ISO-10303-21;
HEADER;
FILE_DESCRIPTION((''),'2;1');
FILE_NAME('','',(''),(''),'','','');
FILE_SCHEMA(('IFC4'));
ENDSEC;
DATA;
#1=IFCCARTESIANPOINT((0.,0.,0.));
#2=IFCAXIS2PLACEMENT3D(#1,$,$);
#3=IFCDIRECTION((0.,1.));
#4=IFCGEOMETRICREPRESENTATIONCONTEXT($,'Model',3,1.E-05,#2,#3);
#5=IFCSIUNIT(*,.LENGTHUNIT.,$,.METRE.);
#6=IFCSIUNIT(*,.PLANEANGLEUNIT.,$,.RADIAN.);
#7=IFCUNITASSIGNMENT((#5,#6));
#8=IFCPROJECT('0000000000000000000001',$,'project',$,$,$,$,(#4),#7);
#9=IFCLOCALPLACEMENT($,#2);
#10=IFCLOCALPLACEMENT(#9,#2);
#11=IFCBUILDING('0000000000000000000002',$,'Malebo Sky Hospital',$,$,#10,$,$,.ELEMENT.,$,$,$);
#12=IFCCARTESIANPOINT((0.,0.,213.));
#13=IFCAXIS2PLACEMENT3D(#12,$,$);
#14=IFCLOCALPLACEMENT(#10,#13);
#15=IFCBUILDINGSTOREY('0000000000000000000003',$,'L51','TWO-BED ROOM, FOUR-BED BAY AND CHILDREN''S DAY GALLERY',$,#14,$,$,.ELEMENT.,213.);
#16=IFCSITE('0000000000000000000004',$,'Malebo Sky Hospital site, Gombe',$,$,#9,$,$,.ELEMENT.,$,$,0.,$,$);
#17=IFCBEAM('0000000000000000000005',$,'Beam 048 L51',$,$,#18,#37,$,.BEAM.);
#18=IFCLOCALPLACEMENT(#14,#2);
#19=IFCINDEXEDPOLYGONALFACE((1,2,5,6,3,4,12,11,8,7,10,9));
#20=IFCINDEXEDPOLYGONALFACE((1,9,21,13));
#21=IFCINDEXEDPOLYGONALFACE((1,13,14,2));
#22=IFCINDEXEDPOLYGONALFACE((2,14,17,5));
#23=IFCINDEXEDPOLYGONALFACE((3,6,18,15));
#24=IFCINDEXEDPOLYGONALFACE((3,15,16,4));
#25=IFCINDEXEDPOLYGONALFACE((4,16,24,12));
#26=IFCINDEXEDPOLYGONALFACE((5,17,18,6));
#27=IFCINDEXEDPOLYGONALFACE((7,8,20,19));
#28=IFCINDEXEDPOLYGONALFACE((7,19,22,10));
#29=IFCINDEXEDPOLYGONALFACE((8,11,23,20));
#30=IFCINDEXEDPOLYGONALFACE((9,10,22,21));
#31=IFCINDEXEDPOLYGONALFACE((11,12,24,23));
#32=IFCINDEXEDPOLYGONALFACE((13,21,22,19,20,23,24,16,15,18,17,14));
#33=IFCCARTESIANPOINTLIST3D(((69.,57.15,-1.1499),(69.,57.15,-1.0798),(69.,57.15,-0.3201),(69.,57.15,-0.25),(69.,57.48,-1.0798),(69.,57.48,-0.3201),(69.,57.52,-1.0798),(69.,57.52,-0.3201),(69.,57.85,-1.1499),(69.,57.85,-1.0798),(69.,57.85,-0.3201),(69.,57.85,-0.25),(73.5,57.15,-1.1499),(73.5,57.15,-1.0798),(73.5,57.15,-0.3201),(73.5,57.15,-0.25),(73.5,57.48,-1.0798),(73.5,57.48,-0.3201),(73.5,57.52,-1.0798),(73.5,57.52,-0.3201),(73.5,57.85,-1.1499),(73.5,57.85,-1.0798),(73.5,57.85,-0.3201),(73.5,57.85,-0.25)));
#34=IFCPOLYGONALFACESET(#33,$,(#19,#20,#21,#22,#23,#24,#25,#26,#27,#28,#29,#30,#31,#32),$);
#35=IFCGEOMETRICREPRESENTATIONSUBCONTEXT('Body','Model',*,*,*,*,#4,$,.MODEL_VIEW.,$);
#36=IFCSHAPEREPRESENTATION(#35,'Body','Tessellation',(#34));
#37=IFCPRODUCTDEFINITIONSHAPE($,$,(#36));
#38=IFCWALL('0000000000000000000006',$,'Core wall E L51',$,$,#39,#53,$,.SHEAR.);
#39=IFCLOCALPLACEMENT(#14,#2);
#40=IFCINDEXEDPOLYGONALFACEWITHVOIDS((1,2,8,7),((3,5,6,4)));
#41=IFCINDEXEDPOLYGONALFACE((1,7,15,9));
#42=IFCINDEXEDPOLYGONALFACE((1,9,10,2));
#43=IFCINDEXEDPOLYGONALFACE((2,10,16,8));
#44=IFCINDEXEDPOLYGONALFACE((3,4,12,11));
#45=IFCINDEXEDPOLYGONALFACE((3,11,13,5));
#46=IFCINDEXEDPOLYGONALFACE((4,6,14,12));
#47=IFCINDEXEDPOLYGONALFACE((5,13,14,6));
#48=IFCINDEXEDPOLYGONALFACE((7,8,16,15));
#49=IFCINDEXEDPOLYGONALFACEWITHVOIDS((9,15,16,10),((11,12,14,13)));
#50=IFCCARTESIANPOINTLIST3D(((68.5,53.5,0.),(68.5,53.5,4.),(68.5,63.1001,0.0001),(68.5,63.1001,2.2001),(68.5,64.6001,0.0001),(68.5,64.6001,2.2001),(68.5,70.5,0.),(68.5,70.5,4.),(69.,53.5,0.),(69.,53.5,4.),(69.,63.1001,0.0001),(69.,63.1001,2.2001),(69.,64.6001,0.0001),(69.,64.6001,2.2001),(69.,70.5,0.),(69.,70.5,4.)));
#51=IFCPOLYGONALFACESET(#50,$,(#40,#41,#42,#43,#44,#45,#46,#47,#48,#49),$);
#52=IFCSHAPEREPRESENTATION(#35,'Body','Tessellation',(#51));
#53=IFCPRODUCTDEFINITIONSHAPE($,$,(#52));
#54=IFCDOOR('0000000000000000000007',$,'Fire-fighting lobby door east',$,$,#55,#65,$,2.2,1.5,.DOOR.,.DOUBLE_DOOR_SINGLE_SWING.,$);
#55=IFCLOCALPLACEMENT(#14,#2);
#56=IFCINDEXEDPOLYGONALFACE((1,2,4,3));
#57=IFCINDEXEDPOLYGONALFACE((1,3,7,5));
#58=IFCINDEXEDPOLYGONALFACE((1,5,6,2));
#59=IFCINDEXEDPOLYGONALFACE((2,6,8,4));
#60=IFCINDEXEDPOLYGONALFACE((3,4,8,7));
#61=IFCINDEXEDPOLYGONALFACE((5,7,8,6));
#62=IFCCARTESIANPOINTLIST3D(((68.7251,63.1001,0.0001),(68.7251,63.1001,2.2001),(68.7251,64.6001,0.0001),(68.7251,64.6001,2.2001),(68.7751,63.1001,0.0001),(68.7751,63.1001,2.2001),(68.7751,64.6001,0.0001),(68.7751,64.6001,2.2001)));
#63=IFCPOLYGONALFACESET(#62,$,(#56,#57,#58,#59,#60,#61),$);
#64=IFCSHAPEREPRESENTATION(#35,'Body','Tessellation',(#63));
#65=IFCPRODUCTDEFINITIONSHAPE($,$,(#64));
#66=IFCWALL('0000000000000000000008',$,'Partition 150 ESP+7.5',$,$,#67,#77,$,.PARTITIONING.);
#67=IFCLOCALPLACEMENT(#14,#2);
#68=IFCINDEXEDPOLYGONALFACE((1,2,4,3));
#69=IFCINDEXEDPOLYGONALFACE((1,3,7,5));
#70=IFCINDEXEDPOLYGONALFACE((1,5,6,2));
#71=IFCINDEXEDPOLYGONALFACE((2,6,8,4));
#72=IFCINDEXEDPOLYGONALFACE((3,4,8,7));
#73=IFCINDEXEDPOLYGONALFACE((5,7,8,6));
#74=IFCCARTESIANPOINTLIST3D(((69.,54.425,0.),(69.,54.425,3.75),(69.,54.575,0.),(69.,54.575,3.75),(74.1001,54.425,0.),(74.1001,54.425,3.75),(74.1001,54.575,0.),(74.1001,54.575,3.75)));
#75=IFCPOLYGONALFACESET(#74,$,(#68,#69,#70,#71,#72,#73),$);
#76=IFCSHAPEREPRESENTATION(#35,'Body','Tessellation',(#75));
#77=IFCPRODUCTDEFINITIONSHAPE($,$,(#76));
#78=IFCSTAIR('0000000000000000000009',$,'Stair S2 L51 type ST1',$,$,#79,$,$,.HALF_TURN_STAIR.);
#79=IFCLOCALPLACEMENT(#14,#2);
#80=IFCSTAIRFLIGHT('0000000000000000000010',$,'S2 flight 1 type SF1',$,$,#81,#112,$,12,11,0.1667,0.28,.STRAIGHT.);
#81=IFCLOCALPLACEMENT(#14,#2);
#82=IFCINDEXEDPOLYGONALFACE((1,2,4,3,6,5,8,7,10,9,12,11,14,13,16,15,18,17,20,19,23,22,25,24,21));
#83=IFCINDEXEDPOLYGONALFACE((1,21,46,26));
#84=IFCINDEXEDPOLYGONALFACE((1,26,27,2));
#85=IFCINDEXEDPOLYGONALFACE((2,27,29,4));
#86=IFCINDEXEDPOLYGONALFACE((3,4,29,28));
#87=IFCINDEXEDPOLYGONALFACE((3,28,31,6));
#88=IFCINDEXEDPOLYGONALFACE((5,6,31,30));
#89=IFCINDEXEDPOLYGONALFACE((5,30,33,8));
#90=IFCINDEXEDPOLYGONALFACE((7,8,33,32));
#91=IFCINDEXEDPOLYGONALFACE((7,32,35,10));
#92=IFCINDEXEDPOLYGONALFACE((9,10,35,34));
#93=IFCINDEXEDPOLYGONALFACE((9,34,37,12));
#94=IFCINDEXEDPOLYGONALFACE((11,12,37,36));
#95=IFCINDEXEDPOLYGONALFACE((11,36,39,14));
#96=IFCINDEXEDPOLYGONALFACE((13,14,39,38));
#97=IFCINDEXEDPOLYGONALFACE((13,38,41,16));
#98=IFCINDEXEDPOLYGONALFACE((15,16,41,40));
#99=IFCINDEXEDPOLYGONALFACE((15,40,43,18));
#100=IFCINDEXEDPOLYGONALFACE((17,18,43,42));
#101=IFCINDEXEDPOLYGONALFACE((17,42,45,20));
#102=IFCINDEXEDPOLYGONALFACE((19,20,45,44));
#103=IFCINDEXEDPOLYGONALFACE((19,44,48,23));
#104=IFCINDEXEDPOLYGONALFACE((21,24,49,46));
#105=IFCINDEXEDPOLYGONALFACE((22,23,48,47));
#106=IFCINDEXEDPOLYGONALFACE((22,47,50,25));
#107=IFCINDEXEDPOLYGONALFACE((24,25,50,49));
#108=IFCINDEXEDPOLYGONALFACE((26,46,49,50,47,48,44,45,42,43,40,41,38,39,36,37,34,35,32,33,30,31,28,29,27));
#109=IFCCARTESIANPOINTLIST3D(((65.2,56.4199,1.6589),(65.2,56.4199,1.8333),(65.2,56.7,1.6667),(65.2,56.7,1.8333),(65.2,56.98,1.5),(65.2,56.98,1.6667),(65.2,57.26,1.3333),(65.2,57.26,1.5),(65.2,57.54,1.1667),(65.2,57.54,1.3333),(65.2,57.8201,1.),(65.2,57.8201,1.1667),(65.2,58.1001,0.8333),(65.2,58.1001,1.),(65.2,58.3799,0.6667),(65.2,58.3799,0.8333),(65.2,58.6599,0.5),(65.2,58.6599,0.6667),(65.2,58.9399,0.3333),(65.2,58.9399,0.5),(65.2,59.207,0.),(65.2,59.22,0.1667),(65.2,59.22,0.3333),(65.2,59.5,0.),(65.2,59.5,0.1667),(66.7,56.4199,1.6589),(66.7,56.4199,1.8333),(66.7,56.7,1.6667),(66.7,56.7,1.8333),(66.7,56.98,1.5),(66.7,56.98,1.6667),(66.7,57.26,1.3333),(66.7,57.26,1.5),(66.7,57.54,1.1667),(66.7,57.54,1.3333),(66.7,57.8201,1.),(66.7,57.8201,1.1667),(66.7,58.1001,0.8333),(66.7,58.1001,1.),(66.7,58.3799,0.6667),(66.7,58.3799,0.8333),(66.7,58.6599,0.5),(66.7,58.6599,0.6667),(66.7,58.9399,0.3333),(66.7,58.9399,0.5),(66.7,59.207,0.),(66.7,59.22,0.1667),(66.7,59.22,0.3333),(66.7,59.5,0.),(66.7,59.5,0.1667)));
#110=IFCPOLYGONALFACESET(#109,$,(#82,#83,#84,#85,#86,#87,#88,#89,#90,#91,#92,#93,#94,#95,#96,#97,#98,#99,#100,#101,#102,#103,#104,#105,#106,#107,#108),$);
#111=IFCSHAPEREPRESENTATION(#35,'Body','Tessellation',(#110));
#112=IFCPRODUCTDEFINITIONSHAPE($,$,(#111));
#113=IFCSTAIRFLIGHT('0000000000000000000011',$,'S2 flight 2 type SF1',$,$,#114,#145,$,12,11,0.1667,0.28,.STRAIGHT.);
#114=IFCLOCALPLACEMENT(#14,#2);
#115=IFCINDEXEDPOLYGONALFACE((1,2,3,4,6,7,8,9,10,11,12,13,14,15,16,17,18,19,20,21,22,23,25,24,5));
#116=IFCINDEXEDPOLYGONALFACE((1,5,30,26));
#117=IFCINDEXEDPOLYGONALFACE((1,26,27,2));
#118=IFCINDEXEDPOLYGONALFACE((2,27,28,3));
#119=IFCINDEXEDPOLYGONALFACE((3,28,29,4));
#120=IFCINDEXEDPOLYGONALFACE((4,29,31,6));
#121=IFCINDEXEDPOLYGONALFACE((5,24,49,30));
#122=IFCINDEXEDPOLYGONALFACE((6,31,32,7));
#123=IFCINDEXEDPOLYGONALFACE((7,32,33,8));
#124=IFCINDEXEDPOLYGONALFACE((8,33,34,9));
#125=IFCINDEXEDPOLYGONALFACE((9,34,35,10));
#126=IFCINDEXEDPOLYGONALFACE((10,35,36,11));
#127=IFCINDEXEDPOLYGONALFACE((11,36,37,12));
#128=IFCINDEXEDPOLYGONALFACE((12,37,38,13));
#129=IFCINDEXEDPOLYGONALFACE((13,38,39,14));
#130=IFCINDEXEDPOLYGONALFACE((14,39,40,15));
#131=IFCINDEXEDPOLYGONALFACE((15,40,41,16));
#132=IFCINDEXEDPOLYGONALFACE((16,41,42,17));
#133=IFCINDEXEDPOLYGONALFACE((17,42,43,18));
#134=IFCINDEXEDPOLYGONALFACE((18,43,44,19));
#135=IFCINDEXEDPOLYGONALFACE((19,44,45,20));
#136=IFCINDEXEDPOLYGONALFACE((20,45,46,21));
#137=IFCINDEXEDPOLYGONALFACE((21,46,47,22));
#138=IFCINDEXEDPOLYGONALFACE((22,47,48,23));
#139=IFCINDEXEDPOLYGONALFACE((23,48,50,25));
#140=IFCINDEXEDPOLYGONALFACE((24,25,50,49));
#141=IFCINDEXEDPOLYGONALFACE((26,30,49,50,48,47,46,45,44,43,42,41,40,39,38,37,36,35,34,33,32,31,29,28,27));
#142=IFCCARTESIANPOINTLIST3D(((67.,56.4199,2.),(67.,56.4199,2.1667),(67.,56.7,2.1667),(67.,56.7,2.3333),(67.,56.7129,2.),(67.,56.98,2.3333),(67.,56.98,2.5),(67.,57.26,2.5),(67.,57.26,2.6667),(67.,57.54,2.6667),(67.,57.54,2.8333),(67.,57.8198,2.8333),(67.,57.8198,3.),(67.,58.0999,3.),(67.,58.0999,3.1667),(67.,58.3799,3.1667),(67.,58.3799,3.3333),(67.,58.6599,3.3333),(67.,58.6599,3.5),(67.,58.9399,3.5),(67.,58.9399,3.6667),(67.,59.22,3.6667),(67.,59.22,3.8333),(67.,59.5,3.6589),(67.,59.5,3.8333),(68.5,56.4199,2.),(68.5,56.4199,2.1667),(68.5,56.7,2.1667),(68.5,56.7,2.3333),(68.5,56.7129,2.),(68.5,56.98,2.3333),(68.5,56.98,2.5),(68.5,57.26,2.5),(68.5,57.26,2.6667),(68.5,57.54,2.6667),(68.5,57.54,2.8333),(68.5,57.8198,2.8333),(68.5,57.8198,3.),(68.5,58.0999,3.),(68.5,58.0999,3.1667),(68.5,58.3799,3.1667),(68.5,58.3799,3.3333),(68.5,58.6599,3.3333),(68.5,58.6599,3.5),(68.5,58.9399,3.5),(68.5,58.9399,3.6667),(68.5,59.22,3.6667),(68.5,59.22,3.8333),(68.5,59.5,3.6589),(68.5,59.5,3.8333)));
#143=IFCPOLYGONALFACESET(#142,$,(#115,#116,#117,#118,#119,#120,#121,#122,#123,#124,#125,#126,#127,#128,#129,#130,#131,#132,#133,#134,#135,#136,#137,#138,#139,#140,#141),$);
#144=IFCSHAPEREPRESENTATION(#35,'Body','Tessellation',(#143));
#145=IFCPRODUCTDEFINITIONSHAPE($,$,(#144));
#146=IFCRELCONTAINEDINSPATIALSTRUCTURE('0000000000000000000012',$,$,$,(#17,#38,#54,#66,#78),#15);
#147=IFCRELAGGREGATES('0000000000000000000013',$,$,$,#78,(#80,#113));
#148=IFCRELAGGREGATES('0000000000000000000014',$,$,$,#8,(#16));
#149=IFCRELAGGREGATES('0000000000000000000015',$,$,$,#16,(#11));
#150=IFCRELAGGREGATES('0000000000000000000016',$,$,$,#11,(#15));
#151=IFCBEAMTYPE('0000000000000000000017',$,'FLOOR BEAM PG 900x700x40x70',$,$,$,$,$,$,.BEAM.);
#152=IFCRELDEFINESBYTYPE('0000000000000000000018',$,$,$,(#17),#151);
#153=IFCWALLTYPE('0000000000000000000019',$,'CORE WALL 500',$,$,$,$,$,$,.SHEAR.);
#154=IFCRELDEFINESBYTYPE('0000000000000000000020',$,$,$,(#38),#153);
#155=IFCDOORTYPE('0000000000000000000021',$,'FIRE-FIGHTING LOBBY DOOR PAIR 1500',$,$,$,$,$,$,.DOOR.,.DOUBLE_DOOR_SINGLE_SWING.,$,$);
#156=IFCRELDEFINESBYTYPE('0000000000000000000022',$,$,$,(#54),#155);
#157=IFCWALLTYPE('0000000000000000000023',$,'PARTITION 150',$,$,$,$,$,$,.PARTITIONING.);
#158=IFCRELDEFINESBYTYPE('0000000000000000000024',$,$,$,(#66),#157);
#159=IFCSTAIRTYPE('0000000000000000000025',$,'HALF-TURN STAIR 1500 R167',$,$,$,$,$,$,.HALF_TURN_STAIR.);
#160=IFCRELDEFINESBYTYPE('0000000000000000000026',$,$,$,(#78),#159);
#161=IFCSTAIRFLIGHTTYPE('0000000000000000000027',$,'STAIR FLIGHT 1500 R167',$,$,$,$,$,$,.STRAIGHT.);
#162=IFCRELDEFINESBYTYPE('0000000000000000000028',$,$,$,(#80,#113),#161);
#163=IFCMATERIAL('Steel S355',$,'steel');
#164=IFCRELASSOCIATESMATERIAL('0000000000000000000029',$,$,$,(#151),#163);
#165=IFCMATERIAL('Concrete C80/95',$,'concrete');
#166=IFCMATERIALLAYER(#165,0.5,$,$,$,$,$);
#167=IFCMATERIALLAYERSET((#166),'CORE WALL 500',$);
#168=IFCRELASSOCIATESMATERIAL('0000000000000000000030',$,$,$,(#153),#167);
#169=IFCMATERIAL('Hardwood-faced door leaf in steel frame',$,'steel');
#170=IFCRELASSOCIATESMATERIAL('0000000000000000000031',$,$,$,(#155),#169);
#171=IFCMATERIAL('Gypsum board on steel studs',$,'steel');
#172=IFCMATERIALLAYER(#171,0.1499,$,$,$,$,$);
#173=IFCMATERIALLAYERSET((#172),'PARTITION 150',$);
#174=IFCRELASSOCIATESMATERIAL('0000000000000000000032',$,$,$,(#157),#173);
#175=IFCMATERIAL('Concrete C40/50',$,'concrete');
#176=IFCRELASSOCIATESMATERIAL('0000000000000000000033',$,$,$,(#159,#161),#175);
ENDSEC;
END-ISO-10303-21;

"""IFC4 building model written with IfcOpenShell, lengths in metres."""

from ifc_helpers import new_model, si_unit, direction, frame, frame_2d, origin, origin_2d, place, context, subcontext, project, spatial, polyline, rectangle, i_section, outline, extrude, material, layer, layer_set, material_profile, profile_set, type_object, element, fill, aggregate, save


model = new_model("IFC4")

# Units and contexts
model_context = context("Model", 3, precision=1e-05, world=origin(), true_north=direction((0.0, 1.0)))
body_context = subcontext(model_context, "Body", "Model", "MODEL_VIEW")
ifc_project = project(units=[si_unit("LENGTHUNIT", "METRE"), si_unit("PLANEANGLEUNIT", "RADIAN")], contexts=[model_context])

# Site, building, storey
site_placement = place(None, origin())
site = spatial("IfcSite", under=ifc_project, at=site_placement, Name="Malebo Sky Hospital site, Gombe", CompositionType="ELEMENT", RefElevation=0.0)
building_placement = place(site_placement, origin())
building = spatial("IfcBuilding", under=site, at=building_placement, Name="Malebo Sky Hospital", CompositionType="ELEMENT")
storey_placement = place(building_placement, frame((0.0, 0.0, 213.0)))
storey = spatial("IfcBuildingStorey", under=building, at=storey_placement, Name="L51", Description="TWO-BED ROOM, FOUR-BED BAY AND CHILDREN'S DAY GALLERY", CompositionType="ELEMENT", Elevation=213.0)

# Beam
ifc_material_1 = material(Name="Steel S355", Category="steel")
ifc_material_profile = material_profile(ifc_material_1, i_section(OverallWidth=0.7, OverallDepth=0.8999, WebThickness=0.04, FlangeThickness=0.0701, at=origin_2d()), Name="PG 900x700x40x70")
ifc_profile_set = profile_set([ifc_material_profile], Name="Steel S355")
beam_type = type_object("IfcBeamType", Name="FLOOR BEAM PG 900x700x40x70", PredefinedType="BEAM", material=ifc_profile_set)
beam_placement = place(storey_placement, frame((69.0, 57.5, -0.7), z_axis=(1.0, 0.0, 0.0), x_axis=(0.0, 1.0, 0.0)))
element("IfcBeam", 1, at=beam_placement, inside=storey, type_object=beam_type, Name="Beam 048 L51", PredefinedType="BEAM", context=body_context, shape_type="SweptSolid", body=[
    extrude(i_section(OverallWidth=0.7, OverallDepth=0.8999, WebThickness=0.04, FlangeThickness=0.0701, at=origin_2d()), origin(), (0.0, 0.0, 1.0), 4.5),
])

# Wall, opening, door
ifc_material_2 = material(Name="Concrete C80/95", Category="concrete")
ifc_layer_1 = layer(ifc_material_2, 0.5)
ifc_layer_set_1 = layer_set([ifc_layer_1], Name="CORE WALL 500")
wall_type_1 = type_object("IfcWallType", Name="CORE WALL 500", PredefinedType="SHEAR", material=ifc_layer_set_1)
wall_1_placement = place(storey_placement, frame((68.75, 53.5, 0.0), z_axis=(0.0, 0.0, 1.0), x_axis=(0.0, 1.0, 0.0)))
wall_1 = element("IfcWall", 2, at=wall_1_placement, inside=storey, type_object=wall_type_1, Name="Core wall E L51", PredefinedType="SHEAR", context=body_context, shape_type="SweptSolid", body=[
    extrude(rectangle(XDim=17.0, YDim=0.5, at=frame_2d((8.5, 0.0))), origin(), (0.0, 0.0, 1.0), 4.0),
])
opening_placement = place(wall_1_placement, frame((9.6001, 0.0, 0.0)))
opening = element("IfcOpeningElement", 3, at=opening_placement, cuts=wall_1, PredefinedType="OPENING", context=body_context, shape_type="SweptSolid", body=[
    extrude(rectangle(XDim=1.5, YDim=2.2, at=frame_2d((0.75, 1.1001))), frame((0.0, 0.26, 0.0), z_axis=(0.0, -1.0, 0.0), x_axis=(1.0, 0.0, 0.0)), (0.0, 0.0, 1.0), 0.52),
])
ifc_material_3 = material(Name="Hardwood-faced door leaf in steel frame", Category="steel")
door_type = type_object("IfcDoorType", Name="FIRE-FIGHTING LOBBY DOOR PAIR 1500", OperationType="DOUBLE_DOOR_SINGLE_SWING", PredefinedType="DOOR", material=ifc_material_3)
door_placement = place(opening_placement, origin())
door = element("IfcDoor", 4, at=door_placement, inside=storey, type_object=door_type, Name="Fire-fighting lobby door east", OperationType="DOUBLE_DOOR_SINGLE_SWING", OverallHeight=2.2, OverallWidth=1.5, PredefinedType="DOOR", context=body_context, shape_type="SweptSolid", body=[
    extrude(rectangle(XDim=1.5, YDim=2.2, at=frame_2d((0.75, 1.1001))), frame((0.0, 0.0249, 0.0), z_axis=(0.0, -1.0, 0.0), x_axis=(1.0, 0.0, 0.0)), (0.0, 0.0, 1.0), 0.05),
])
fill(opening, door)

# Wall
ifc_material_4 = material(Name="Gypsum board on steel studs", Category="steel")
ifc_layer_2 = layer(ifc_material_4, 0.1499)
ifc_layer_set_2 = layer_set([ifc_layer_2], Name="PARTITION 150")
wall_type_2 = type_object("IfcWallType", Name="PARTITION 150", PredefinedType="PARTITIONING", material=ifc_layer_set_2)
wall_2_placement = place(storey_placement, frame((69.0, 54.5, 0.0), z_axis=(0.0, 0.0, 1.0), x_axis=(1.0, 0.0, 0.0)))
element("IfcWall", 5, at=wall_2_placement, inside=storey, type_object=wall_type_2, Name="Partition 150 ESP+7.5", PredefinedType="PARTITIONING", context=body_context, shape_type="SweptSolid", body=[
    extrude(rectangle(XDim=5.1001, YDim=0.1499, at=frame_2d((2.55, 0.0))), origin(), (0.0, 0.0, 1.0), 3.75),
])

# Stair, stair flights
ifc_material_5 = material(Name="Concrete C40/50", Category="concrete")
stair_type = type_object("IfcStairType", Name="HALF-TURN STAIR 1500 R167", PredefinedType="HALF_TURN_STAIR", material=ifc_material_5)
stair_placement = place(storey_placement, origin())
stair = element("IfcStair", 6, at=stair_placement, inside=storey, type_object=stair_type, Name="Stair S2 L51 type ST1", PredefinedType="HALF_TURN_STAIR")
stair_flight_type = type_object("IfcStairFlightType", Name="STAIR FLIGHT 1500 R167", PredefinedType="STRAIGHT", material=ifc_material_5)
stair_flight_1_placement = place(storey_placement, frame((65.95, 59.5, 0.0), z_axis=(0.0, 0.0, 1.0), x_axis=(0.0, -1.0, 0.0)))
stair_flight_1 = element("IfcStairFlight", 7, at=stair_flight_1_placement, type_object=stair_flight_type, Name="S2 flight 1 type SF1", NumberOfRisers=12, NumberOfTreads=11, PredefinedType="STRAIGHT", RiserHeight=0.1667, TreadLength=0.28, context=body_context, shape_type="SweptSolid", body=[
    extrude(outline(polyline([(0.0, 0.0), (0.0, 0.1667), (0.28, 0.1667), (0.28, 0.3333), (0.5601, 0.3333), (0.5601, 0.5), (0.8401, 0.5), (0.8401, 0.6667), (1.1201, 0.6667), (1.1201, 0.8333), (1.3999, 0.8333), (1.3999, 1.0), (1.6799, 1.0), (1.6799, 1.1667), (1.96, 1.1667), (1.96, 1.3333), (2.24, 1.3333), (2.24, 1.5), (2.52, 1.5), (2.52, 1.6667), (2.8, 1.6667), (2.8, 1.8333), (3.0801, 1.8333), (3.0801, 2.0), (3.0801, 1.6589), (0.293, 0.0), (0.0, 0.0)])), frame((0.0, 0.75, 0.0), z_axis=(0.0, -1.0, 0.0), x_axis=(1.0, 0.0, 0.0)), (0.0, 0.0, 1.0), 1.5),
])
stair_flight_2_placement = place(storey_placement, frame((67.75, 56.4199, 2.0), z_axis=(0.0, 0.0, 1.0), x_axis=(0.0, 1.0, 0.0)))
stair_flight_2 = element("IfcStairFlight", 8, at=stair_flight_2_placement, type_object=stair_flight_type, Name="S2 flight 2 type SF1", NumberOfRisers=12, NumberOfTreads=11, PredefinedType="STRAIGHT", RiserHeight=0.1667, TreadLength=0.28, context=body_context, shape_type="SweptSolid", body=[
    extrude(outline(polyline([(0.0, 0.0), (0.0, 0.1667), (0.28, 0.1667), (0.28, 0.3333), (0.5601, 0.3333), (0.5601, 0.5), (0.8401, 0.5), (0.8401, 0.6667), (1.1201, 0.6667), (1.1201, 0.8333), (1.3999, 0.8333), (1.3999, 1.0), (1.6799, 1.0), (1.6799, 1.1667), (1.96, 1.1667), (1.96, 1.3333), (2.24, 1.3333), (2.24, 1.5), (2.52, 1.5), (2.52, 1.6667), (2.8, 1.6667), (2.8, 1.8333), (3.0801, 1.8333), (3.0801, 2.0), (3.0801, 1.6589), (0.293, 0.0), (0.0, 0.0)])), frame((0.0, 0.75, 0.0), z_axis=(0.0, -1.0, 0.0), x_axis=(1.0, 0.0, 0.0)), (0.0, 0.0, 1.0), 1.5),
])
aggregate(stair, [stair_flight_1, stair_flight_2])

save(model, "model.ifc")
